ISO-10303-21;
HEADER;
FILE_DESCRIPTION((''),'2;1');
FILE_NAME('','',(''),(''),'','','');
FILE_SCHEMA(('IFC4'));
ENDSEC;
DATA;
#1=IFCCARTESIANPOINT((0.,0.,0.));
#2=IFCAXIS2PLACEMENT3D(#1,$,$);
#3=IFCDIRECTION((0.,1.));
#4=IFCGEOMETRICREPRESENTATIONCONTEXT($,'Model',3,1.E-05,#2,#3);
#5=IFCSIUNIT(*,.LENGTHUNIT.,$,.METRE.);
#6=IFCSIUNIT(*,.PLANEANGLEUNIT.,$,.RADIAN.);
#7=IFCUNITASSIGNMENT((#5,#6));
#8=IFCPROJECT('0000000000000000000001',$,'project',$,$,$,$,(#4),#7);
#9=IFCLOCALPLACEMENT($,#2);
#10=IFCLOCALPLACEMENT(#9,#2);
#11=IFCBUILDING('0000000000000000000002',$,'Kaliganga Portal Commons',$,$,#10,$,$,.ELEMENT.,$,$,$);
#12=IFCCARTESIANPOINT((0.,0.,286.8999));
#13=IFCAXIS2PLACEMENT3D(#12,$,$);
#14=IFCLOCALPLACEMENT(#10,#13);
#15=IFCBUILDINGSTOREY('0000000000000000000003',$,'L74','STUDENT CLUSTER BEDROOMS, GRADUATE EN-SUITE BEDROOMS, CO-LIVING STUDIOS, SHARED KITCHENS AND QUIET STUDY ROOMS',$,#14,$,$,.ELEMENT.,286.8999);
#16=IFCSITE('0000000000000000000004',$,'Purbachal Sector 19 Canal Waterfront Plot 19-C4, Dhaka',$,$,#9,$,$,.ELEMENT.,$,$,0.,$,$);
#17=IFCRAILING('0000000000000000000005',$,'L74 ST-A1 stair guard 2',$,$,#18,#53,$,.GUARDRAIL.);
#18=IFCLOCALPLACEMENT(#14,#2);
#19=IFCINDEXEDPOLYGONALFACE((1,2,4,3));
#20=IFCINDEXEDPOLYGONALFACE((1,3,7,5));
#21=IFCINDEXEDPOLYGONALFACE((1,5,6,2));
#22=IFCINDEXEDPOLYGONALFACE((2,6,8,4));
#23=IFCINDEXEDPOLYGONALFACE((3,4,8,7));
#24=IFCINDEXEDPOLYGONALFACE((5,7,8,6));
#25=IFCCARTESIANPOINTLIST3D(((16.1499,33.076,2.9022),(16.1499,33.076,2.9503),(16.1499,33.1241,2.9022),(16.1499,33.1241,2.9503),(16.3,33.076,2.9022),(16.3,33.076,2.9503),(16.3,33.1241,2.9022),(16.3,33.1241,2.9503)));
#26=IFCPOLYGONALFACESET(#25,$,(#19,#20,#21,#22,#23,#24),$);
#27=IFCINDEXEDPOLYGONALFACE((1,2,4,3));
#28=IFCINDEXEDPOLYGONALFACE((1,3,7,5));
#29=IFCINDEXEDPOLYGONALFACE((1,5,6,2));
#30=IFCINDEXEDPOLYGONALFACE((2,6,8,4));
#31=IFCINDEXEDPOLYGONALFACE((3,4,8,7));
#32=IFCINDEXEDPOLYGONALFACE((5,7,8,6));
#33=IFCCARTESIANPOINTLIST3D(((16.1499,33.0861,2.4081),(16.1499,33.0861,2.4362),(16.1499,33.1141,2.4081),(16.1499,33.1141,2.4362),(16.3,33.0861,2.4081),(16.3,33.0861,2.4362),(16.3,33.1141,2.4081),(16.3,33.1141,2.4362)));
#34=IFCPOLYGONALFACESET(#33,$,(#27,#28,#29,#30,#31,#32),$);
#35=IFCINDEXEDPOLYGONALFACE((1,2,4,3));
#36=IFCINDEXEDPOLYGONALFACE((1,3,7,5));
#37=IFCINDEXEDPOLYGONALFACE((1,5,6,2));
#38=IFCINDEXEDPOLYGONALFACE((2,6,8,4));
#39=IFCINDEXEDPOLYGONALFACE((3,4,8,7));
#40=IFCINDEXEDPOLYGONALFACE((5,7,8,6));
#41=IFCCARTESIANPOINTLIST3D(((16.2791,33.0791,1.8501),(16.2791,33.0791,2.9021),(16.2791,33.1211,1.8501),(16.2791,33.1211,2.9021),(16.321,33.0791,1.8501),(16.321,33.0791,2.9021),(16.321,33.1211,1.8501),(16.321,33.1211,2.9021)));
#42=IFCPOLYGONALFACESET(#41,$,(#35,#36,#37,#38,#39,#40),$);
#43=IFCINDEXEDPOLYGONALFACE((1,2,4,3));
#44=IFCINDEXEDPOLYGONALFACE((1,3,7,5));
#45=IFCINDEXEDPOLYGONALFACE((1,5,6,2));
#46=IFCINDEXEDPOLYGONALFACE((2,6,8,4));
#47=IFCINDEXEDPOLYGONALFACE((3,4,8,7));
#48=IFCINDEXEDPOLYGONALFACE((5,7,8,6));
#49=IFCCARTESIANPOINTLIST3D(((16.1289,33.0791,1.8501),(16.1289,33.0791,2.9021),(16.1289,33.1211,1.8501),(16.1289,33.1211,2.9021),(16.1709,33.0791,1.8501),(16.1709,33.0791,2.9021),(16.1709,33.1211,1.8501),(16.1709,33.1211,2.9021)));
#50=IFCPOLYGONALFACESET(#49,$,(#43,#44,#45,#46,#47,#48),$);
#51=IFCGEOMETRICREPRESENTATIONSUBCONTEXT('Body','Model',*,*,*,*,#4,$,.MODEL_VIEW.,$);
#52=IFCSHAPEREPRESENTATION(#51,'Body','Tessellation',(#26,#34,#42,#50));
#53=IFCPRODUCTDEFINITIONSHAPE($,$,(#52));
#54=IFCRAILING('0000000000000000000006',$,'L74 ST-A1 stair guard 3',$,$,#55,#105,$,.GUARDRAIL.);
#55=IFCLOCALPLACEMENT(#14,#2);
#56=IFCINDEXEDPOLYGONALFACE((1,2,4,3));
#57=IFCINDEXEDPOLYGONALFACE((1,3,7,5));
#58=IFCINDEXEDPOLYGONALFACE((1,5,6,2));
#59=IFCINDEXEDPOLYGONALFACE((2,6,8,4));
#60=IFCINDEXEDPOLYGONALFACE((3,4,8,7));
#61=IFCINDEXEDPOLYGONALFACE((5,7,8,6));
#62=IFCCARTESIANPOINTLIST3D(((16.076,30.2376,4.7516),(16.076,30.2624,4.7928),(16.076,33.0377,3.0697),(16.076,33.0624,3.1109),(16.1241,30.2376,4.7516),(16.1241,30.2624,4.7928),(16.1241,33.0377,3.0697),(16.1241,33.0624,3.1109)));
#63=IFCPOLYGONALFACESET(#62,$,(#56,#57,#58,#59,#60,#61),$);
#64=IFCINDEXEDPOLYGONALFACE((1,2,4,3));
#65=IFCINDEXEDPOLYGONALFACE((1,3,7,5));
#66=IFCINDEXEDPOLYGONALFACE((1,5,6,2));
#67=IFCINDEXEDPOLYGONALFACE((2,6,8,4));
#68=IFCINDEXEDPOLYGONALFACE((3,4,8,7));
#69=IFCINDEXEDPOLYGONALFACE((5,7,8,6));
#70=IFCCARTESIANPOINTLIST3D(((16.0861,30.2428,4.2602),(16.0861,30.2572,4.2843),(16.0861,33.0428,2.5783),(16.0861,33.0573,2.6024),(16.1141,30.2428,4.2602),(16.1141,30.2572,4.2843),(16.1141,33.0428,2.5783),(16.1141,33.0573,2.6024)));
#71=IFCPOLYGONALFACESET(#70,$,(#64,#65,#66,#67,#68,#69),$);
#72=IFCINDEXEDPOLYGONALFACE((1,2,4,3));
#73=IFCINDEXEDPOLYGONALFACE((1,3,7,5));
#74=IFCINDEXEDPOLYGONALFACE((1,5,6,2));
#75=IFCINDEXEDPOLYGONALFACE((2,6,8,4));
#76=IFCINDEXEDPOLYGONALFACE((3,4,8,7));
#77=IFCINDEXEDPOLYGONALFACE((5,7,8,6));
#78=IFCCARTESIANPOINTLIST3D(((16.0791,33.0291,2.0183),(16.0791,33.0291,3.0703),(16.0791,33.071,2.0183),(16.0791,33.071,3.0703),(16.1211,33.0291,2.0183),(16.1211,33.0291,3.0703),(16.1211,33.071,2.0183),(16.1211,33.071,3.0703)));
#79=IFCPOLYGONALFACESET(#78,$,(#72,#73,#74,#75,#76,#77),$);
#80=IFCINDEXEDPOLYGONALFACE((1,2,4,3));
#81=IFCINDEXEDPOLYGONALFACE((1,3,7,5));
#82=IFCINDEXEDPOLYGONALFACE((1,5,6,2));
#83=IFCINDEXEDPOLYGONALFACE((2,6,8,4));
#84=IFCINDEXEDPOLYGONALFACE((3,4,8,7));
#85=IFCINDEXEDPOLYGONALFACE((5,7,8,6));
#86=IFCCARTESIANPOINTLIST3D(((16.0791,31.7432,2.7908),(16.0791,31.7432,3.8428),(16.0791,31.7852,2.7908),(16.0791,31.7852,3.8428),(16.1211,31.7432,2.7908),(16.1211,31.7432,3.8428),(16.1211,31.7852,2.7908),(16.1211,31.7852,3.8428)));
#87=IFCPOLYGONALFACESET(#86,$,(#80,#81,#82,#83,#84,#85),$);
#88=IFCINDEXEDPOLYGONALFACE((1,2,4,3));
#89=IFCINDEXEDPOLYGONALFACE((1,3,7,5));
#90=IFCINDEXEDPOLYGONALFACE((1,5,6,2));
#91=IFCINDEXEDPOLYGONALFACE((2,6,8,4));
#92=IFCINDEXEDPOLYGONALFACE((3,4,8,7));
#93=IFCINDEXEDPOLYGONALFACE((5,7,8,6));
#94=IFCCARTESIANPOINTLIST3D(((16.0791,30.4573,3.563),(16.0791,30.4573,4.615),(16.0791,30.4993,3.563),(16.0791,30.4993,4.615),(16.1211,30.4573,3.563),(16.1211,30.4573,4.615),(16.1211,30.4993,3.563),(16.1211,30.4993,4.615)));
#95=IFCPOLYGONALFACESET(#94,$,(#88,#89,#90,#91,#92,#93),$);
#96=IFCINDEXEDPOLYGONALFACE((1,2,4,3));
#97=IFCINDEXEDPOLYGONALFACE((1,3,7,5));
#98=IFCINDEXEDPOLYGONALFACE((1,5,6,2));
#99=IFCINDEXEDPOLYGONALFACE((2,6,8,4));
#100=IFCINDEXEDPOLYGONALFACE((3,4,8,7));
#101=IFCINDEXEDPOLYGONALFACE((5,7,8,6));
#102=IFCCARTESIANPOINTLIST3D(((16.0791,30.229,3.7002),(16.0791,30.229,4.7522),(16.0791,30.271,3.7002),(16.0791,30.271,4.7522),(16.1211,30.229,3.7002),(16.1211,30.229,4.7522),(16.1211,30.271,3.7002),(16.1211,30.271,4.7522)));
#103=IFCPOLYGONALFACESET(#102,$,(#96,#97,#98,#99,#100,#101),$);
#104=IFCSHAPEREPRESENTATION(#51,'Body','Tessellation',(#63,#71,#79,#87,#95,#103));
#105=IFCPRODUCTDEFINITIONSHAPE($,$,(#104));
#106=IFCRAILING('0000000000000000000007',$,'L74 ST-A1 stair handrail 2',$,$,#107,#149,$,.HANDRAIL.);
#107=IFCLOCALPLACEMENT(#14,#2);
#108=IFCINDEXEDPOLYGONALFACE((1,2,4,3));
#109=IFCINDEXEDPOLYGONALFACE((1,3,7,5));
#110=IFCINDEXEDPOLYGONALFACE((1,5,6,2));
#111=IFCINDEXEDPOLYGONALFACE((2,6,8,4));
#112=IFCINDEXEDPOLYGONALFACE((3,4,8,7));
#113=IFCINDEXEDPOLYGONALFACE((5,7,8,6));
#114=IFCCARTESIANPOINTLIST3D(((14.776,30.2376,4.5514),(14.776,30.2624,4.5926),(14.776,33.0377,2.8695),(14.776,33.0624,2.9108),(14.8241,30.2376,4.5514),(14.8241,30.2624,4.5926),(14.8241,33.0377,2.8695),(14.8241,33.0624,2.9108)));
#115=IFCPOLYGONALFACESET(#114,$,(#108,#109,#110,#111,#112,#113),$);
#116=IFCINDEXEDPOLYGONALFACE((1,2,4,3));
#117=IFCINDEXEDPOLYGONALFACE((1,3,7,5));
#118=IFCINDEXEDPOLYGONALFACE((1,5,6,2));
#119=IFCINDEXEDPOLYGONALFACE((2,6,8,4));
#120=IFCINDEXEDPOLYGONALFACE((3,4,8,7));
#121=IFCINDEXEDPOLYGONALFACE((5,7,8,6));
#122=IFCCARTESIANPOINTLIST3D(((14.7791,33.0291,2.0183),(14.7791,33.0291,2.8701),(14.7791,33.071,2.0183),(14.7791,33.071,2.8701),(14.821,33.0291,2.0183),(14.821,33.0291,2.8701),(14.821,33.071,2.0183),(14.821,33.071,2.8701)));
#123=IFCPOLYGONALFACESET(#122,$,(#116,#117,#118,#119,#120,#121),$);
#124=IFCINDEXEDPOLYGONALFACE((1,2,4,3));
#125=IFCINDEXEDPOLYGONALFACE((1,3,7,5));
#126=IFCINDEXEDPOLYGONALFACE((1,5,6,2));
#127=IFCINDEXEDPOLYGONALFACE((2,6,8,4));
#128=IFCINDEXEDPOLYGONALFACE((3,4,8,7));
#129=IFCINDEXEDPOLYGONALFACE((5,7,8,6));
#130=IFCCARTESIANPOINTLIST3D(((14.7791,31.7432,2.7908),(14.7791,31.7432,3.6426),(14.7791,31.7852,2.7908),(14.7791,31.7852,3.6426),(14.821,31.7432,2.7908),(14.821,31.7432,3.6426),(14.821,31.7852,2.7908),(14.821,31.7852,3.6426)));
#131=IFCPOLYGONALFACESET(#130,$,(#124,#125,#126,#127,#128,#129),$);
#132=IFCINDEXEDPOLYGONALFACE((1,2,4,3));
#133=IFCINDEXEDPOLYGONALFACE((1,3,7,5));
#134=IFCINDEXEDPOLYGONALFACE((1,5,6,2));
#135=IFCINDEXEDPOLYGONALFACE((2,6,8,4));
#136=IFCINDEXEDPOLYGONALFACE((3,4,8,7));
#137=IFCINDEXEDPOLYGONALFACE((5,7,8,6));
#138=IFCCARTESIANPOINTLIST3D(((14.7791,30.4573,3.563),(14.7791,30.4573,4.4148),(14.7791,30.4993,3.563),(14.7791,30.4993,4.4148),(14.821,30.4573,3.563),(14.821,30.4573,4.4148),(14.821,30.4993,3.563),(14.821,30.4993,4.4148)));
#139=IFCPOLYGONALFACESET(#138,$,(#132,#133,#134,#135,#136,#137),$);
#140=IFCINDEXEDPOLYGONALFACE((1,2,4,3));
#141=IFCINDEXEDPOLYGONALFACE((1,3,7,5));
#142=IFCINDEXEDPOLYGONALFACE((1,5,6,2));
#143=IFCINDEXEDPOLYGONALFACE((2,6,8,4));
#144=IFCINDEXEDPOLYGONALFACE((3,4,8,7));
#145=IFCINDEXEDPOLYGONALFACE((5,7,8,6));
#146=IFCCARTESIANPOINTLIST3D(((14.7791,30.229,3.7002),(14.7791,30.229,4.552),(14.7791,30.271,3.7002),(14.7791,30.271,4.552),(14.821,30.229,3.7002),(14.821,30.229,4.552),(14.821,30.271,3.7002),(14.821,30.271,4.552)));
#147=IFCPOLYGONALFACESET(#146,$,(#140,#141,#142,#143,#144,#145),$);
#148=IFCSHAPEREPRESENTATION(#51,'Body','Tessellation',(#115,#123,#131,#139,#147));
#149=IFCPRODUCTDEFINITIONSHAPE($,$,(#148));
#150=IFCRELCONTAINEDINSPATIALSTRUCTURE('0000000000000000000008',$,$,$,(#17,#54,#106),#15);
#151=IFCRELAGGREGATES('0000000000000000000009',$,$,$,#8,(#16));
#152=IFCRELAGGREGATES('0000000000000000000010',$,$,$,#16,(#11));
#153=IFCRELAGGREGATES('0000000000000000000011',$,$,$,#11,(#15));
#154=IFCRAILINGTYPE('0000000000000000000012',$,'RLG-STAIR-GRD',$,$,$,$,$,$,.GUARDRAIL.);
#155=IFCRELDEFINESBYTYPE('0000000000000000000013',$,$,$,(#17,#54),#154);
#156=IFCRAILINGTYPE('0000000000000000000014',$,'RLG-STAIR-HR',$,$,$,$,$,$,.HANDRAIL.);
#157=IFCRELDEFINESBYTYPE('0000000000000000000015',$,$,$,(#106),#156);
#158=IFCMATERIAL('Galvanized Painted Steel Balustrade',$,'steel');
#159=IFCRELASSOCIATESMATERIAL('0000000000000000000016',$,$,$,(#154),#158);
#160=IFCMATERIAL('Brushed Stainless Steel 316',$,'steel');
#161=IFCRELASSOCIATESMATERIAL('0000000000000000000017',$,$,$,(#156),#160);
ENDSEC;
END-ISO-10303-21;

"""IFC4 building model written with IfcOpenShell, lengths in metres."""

from ifc_helpers import new_model, si_unit, direction, frame, origin, origin_2d, place, context, subcontext, project, spatial, rectangle, extrude, material, type_object, element, save


model = new_model("IFC4")

# Units and contexts
model_context = context("Model", 3, precision=1e-05, world=origin(), true_north=direction((0.0, 1.0)))
body_context = subcontext(model_context, "Body", "Model", "MODEL_VIEW")
ifc_project = project(units=[si_unit("LENGTHUNIT", "METRE"), si_unit("PLANEANGLEUNIT", "RADIAN")], contexts=[model_context])

# Site, building, storey
site_placement = place(None, origin())
site = spatial("IfcSite", under=ifc_project, at=site_placement, Name="Purbachal Sector 19 Canal Waterfront Plot 19-C4, Dhaka", CompositionType="ELEMENT", RefElevation=0.0)
building_placement = place(site_placement, origin())
building = spatial("IfcBuilding", under=site, at=building_placement, Name="Kaliganga Portal Commons", CompositionType="ELEMENT")
storey_placement = place(building_placement, frame((0.0, 0.0, 286.8999)))
storey = spatial("IfcBuildingStorey", under=building, at=storey_placement, Name="L74", Description="STUDENT CLUSTER BEDROOMS, GRADUATE EN-SUITE BEDROOMS, CO-LIVING STUDIOS, SHARED KITCHENS AND QUIET STUDY ROOMS", CompositionType="ELEMENT", Elevation=286.8999)

# Railings
ifc_material_1 = material(Name="Galvanized Painted Steel Balustrade", Category="steel")
railing_type_1 = type_object("IfcRailingType", Name="RLG-STAIR-GRD", PredefinedType="GUARDRAIL", material=ifc_material_1)
railing_1_placement = place(storey_placement, frame((16.3, 33.1001, 1.8501)))
element("IfcRailing", 1, at=railing_1_placement, inside=storey, type_object=railing_type_1, Name="L74 ST-A1 stair guard 2", PredefinedType="GUARDRAIL", context=body_context, shape_type="SweptSolid", body=[
    extrude(rectangle(XDim=0.0481, YDim=0.0481, at=origin_2d()), frame((0.0, 0.0, 1.0762), z_axis=(-1.0, 0.0, 0.0), x_axis=(0.0, -1.0, 0.0)), (0.0, 0.0, 1.0), 0.1501),
    extrude(rectangle(XDim=0.0281, YDim=0.0281, at=origin_2d()), frame((0.0, 0.0, 0.572), z_axis=(-1.0, 0.0, 0.0), x_axis=(0.0, -1.0, 0.0)), (0.0, 0.0, 1.0), 0.1501),
    extrude(rectangle(XDim=0.042, YDim=0.042, at=origin_2d()), origin(), (0.0, 0.0, 1.0), 1.052),
    extrude(rectangle(XDim=0.042, YDim=0.042, at=origin_2d()), frame((-0.1501, 0.0, 0.0)), (0.0, 0.0, 1.0), 1.052),
])
railing_2_placement = place(storey_placement, frame((16.1001, 33.05, 2.0183)))
element("IfcRailing", 2, at=railing_2_placement, inside=storey, type_object=railing_type_1, Name="L74 ST-A1 stair guard 3", PredefinedType="GUARDRAIL", context=body_context, shape_type="SweptSolid", body=[
    extrude(rectangle(XDim=0.0481, YDim=0.0481, at=origin_2d()), frame((0.0, 0.0, 1.072), z_axis=(0.0, -0.857242, 0.514913), x_axis=(1.0, 0.0, 0.0)), (0.0, 0.0, 1.0), 3.2664),
    extrude(rectangle(XDim=0.0281, YDim=0.0281, at=origin_2d()), frame((0.0, 0.0, 0.572), z_axis=(0.0, -0.857242, 0.514913), x_axis=(1.0, 0.0, 0.0)), (0.0, 0.0, 1.0), 3.2664),
    extrude(rectangle(XDim=0.042, YDim=0.042, at=origin_2d()), origin(), (0.0, 0.0, 1.0), 1.052),
    extrude(rectangle(XDim=0.042, YDim=0.042, at=origin_2d()), frame((0.0, -1.2859, 0.7725)), (0.0, 0.0, 1.0), 1.052),
    extrude(rectangle(XDim=0.042, YDim=0.042, at=origin_2d()), frame((0.0, -2.5718, 1.5447)), (0.0, 0.0, 1.0), 1.052),
    extrude(rectangle(XDim=0.042, YDim=0.042, at=origin_2d()), frame((0.0, -2.8, 1.6819)), (0.0, 0.0, 1.0), 1.052),
])
ifc_material_2 = material(Name="Brushed Stainless Steel 316", Category="steel")
railing_type_2 = type_object("IfcRailingType", Name="RLG-STAIR-HR", PredefinedType="HANDRAIL", material=ifc_material_2)
railing_3_placement = place(storey_placement, frame((14.8, 33.05, 2.0183)))
element("IfcRailing", 3, at=railing_3_placement, inside=storey, type_object=railing_type_2, Name="L74 ST-A1 stair handrail 2", PredefinedType="HANDRAIL", context=body_context, shape_type="SweptSolid", body=[
    extrude(rectangle(XDim=0.0481, YDim=0.0481, at=origin_2d()), frame((0.0, 0.0, 0.8718), z_axis=(0.0, -0.857242, 0.514913), x_axis=(1.0, 0.0, 0.0)), (0.0, 0.0, 1.0), 3.2664),
    extrude(rectangle(XDim=0.042, YDim=0.042, at=origin_2d()), origin(), (0.0, 0.0, 1.0), 0.8518),
    extrude(rectangle(XDim=0.042, YDim=0.042, at=origin_2d()), frame((0.0, -1.2859, 0.7725)), (0.0, 0.0, 1.0), 0.8518),
    extrude(rectangle(XDim=0.042, YDim=0.042, at=origin_2d()), frame((0.0, -2.5718, 1.5447)), (0.0, 0.0, 1.0), 0.8518),
    extrude(rectangle(XDim=0.042, YDim=0.042, at=origin_2d()), frame((0.0, -2.8, 1.6819)), (0.0, 0.0, 1.0), 0.8518),
])

save(model, "model.ifc")
